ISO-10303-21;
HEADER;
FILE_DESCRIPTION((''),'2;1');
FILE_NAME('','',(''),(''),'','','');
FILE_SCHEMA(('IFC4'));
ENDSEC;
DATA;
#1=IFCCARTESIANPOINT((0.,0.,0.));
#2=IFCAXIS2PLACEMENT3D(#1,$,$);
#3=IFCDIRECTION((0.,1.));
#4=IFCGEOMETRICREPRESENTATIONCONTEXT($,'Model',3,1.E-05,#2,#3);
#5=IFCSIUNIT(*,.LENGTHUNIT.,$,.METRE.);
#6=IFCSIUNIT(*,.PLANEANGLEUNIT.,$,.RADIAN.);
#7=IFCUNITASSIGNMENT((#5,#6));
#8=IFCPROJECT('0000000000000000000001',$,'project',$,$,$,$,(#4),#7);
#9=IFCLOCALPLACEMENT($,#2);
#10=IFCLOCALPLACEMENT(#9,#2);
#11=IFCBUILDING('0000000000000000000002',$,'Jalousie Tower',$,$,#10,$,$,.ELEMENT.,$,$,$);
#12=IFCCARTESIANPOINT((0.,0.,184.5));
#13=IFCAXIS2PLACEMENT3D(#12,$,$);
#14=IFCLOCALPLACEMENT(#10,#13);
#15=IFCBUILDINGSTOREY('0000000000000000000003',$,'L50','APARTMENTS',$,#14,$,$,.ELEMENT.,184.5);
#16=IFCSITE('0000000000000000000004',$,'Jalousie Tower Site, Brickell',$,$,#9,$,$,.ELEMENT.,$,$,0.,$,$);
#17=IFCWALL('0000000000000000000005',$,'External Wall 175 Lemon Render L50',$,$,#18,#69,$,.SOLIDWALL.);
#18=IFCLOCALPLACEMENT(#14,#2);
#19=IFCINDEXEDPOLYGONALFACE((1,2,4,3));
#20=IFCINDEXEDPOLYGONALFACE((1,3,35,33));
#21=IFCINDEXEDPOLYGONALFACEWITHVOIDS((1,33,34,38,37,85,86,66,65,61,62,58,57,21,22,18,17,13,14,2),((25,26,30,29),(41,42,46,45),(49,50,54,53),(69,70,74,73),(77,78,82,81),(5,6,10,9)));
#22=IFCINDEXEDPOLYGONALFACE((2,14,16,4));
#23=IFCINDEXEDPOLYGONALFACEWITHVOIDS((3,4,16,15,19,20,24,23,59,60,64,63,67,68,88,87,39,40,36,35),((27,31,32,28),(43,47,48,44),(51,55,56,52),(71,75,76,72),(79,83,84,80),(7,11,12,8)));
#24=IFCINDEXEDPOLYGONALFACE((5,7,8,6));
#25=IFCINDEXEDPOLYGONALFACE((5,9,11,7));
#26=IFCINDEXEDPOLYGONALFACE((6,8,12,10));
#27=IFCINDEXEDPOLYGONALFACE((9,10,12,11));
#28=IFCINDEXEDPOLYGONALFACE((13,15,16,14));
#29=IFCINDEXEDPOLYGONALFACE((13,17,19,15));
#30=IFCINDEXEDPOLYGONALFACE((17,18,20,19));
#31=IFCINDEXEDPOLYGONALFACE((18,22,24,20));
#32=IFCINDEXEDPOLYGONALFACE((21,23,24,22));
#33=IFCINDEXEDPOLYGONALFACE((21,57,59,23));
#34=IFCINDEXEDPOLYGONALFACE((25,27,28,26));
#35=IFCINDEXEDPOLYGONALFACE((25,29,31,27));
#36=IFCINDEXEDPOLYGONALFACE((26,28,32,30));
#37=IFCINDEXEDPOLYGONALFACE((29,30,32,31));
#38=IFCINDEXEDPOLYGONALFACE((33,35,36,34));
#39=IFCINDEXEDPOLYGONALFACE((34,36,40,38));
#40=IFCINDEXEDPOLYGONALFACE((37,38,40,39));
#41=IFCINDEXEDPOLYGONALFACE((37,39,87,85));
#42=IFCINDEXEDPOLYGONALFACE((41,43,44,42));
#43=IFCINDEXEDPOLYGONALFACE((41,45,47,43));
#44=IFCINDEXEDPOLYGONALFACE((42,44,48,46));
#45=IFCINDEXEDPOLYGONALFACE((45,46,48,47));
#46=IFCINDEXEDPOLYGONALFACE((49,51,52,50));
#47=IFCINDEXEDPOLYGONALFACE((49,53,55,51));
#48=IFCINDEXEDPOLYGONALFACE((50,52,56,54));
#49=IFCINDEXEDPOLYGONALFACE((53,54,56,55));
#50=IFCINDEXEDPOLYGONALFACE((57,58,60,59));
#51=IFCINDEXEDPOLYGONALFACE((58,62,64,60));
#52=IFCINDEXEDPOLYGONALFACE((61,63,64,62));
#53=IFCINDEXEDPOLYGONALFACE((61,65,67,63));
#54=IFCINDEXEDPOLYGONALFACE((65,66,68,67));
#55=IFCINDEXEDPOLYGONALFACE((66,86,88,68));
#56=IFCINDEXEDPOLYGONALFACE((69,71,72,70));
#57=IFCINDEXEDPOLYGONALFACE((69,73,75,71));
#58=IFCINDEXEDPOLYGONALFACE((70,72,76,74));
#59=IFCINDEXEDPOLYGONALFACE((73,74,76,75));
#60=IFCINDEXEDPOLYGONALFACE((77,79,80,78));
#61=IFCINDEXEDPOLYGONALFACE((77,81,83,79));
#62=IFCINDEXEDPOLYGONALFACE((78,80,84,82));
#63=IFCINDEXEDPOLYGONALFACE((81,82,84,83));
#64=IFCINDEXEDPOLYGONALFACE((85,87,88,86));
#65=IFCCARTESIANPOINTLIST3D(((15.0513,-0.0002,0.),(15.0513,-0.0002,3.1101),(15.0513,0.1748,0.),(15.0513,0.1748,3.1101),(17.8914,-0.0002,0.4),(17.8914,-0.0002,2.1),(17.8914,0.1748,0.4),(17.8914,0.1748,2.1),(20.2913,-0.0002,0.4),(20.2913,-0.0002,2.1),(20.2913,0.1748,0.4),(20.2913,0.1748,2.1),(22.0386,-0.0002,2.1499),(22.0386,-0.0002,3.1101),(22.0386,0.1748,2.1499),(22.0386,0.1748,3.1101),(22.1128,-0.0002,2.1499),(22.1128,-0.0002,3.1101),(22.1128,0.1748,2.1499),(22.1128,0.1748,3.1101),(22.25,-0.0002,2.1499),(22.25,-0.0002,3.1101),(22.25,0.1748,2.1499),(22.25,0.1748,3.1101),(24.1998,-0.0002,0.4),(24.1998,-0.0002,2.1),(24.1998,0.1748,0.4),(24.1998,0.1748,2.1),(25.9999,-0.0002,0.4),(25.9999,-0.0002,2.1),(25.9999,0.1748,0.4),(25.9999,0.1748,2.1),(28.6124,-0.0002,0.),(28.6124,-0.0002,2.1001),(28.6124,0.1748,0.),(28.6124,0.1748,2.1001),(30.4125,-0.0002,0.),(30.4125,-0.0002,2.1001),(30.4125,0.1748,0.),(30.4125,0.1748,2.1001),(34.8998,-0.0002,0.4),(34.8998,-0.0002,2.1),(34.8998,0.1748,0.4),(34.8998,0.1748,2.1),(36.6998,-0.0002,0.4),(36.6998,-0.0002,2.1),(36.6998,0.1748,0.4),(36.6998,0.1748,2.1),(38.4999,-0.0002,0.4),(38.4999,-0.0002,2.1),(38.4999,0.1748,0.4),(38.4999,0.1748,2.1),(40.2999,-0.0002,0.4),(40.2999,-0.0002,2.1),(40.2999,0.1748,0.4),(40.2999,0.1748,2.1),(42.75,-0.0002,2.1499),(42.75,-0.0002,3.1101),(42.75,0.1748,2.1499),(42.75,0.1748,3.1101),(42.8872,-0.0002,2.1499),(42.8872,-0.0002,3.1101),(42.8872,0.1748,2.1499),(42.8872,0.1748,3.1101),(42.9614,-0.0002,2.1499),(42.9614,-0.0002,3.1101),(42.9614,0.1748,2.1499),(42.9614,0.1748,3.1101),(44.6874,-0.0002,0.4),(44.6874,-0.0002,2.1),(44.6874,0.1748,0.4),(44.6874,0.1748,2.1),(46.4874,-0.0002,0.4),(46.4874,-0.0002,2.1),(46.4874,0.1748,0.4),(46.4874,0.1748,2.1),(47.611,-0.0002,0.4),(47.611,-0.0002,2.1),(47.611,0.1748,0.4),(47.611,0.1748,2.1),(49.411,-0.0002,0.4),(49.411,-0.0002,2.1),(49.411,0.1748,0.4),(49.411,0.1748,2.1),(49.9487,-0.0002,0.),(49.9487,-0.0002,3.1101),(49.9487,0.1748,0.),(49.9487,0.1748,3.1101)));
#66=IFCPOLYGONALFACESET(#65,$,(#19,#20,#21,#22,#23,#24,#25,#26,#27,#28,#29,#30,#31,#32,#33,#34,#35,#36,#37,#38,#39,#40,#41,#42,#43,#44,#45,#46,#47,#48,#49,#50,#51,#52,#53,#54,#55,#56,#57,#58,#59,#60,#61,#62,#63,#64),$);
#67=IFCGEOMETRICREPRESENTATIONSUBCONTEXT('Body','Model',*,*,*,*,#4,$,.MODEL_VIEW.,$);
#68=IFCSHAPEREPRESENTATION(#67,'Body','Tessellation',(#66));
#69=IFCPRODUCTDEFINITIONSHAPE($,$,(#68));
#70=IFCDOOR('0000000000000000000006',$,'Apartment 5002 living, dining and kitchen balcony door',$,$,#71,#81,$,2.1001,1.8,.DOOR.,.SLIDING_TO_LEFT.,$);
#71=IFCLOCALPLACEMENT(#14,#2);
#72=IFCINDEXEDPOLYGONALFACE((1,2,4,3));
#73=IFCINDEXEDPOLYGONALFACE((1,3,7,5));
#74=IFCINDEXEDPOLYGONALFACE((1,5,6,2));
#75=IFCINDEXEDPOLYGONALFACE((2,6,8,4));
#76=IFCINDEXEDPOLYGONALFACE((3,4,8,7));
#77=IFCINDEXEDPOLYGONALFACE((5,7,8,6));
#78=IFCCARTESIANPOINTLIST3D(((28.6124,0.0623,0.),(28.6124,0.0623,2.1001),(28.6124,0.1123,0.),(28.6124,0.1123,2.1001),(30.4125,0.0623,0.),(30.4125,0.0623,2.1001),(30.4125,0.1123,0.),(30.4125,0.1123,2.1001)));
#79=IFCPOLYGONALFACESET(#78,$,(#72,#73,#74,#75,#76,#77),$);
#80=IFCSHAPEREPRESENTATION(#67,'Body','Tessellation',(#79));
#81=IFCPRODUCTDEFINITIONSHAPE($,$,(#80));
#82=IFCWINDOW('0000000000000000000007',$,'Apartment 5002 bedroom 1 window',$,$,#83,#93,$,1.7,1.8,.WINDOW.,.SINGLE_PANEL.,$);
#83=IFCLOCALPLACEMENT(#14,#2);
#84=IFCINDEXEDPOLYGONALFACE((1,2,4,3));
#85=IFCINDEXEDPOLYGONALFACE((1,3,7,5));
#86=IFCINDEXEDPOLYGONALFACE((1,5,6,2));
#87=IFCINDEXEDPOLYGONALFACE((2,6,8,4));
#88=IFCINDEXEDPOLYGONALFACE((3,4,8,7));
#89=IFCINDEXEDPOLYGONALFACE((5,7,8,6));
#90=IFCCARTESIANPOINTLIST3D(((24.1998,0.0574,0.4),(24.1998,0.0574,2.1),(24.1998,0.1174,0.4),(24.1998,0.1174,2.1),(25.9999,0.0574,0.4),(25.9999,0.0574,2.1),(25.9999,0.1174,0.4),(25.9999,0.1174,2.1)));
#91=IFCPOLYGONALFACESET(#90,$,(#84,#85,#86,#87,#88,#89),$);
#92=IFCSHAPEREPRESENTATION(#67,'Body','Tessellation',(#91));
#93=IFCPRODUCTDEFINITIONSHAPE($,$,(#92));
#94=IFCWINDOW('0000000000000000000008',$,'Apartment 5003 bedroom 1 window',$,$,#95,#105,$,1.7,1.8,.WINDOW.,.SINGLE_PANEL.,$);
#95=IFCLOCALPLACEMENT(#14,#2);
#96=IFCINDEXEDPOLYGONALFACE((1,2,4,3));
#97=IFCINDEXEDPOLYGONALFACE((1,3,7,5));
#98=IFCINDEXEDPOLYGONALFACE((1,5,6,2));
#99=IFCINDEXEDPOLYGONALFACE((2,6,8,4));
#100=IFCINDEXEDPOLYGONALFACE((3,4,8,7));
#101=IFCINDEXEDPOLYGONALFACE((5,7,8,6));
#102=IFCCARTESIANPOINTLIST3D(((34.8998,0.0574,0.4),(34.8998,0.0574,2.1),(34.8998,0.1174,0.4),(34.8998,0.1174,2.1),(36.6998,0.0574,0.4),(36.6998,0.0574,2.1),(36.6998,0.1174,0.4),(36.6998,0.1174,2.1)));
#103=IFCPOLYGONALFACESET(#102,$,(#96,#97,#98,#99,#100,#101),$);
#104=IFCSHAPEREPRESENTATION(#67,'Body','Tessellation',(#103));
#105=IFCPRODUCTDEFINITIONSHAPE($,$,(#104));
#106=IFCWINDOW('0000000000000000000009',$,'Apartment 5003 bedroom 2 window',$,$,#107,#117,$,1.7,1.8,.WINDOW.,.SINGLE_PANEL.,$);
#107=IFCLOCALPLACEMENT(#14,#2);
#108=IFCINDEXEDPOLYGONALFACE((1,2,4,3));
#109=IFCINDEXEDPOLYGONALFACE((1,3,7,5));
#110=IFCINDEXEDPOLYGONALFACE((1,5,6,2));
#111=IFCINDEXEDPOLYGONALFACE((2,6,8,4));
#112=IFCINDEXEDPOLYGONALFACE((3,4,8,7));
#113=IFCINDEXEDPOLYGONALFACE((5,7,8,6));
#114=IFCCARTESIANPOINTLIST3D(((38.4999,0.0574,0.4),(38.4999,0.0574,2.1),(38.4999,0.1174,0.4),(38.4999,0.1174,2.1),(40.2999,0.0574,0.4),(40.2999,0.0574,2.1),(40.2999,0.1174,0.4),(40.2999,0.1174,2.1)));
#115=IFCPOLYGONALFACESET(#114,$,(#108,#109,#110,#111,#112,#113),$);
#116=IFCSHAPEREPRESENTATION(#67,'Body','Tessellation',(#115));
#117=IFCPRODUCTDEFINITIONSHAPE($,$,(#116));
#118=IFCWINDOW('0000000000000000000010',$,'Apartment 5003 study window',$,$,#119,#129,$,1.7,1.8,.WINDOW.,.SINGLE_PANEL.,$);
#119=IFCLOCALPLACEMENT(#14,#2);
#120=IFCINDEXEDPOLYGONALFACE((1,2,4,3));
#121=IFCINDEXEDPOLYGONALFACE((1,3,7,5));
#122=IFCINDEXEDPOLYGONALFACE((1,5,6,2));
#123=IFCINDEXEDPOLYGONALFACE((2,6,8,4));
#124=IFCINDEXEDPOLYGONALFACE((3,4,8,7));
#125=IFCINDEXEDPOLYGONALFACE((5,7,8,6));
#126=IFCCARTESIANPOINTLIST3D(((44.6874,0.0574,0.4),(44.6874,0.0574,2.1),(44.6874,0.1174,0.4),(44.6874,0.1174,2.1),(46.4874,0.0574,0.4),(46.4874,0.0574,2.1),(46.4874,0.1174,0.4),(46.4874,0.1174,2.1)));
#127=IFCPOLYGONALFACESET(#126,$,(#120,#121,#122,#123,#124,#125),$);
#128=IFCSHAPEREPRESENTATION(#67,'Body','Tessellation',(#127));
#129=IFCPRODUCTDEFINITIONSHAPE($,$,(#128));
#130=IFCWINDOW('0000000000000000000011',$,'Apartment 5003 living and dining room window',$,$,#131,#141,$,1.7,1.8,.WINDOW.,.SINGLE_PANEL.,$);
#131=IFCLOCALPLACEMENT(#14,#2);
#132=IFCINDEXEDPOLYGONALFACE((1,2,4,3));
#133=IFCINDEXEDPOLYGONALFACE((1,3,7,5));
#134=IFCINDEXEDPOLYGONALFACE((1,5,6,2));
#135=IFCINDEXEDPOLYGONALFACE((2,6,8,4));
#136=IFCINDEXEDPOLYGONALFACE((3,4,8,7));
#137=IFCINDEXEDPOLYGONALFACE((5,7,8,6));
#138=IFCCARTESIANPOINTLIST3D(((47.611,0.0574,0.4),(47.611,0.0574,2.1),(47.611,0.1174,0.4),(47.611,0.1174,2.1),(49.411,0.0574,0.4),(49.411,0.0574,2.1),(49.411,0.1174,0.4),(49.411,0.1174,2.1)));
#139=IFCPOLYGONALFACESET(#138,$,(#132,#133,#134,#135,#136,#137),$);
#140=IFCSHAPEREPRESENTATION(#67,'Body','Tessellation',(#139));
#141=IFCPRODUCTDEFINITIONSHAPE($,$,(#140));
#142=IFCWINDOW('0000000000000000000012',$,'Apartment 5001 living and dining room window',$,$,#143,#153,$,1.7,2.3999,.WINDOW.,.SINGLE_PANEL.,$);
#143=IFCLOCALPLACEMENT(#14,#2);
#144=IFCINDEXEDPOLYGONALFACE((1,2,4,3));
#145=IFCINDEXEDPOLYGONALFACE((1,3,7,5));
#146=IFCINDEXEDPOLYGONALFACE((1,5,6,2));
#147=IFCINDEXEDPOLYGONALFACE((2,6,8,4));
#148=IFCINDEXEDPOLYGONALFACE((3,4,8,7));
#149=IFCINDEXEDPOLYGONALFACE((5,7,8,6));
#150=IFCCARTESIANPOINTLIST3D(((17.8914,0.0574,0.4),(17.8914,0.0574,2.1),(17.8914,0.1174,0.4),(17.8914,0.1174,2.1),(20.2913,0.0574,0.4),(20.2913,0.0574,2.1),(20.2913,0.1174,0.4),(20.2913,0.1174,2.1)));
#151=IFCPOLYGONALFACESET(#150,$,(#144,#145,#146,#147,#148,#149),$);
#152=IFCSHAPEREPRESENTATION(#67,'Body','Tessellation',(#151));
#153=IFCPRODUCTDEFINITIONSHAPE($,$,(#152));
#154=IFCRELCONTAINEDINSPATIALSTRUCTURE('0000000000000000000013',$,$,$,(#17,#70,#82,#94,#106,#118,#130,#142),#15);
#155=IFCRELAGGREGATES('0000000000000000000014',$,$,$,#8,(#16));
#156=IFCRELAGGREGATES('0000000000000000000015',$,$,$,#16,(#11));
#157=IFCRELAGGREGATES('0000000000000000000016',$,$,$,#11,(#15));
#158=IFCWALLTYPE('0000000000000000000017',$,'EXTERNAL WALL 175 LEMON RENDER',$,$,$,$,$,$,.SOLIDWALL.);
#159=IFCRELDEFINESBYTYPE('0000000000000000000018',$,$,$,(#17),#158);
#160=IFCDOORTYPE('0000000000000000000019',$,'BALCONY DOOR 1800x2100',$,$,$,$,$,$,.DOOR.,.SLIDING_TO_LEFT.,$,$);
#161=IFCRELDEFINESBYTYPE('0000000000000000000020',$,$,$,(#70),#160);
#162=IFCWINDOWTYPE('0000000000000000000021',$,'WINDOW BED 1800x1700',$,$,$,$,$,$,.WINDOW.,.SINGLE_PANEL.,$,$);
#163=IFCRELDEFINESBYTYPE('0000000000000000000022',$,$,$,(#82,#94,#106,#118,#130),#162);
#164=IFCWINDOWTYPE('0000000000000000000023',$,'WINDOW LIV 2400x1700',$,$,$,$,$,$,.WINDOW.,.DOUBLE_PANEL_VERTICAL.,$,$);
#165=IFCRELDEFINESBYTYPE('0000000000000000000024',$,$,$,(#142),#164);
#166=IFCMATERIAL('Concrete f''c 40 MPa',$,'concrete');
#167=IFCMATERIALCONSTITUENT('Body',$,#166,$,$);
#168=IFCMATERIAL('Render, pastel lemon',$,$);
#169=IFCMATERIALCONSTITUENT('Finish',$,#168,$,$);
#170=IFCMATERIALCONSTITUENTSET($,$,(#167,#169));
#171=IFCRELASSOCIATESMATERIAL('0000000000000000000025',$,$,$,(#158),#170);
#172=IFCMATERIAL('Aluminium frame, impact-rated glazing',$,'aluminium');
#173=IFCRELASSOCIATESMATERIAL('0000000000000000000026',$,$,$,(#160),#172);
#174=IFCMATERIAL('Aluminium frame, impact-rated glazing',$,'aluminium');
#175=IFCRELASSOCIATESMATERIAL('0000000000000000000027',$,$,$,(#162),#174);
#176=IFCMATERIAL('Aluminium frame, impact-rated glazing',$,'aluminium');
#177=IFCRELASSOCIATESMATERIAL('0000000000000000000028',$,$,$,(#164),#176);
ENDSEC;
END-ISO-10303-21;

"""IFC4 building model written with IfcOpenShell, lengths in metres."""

from ifc_helpers import new_model, si_unit, direction, frame, frame_2d, origin, place, context, subcontext, project, spatial, polyline, rectangle, outline, extrude, material, constituent, constituent_set, type_object, element, fill, save


model = new_model("IFC4")

# Units and contexts
model_context = context("Model", 3, precision=1e-05, world=origin(), true_north=direction((0.0, 1.0)))
body_context = subcontext(model_context, "Body", "Model", "MODEL_VIEW")
ifc_project = project(units=[si_unit("LENGTHUNIT", "METRE"), si_unit("PLANEANGLEUNIT", "RADIAN")], contexts=[model_context])

# Site, building, storey
site_placement = place(None, origin())
site = spatial("IfcSite", under=ifc_project, at=site_placement, Name="Jalousie Tower Site, Brickell", CompositionType="ELEMENT", RefElevation=0.0)
building_placement = place(site_placement, origin())
building = spatial("IfcBuilding", under=site, at=building_placement, Name="Jalousie Tower", CompositionType="ELEMENT")
storey_placement = place(building_placement, frame((0.0, 0.0, 184.5)))
storey = spatial("IfcBuildingStorey", under=building, at=storey_placement, Name="L50", Description="APARTMENTS", CompositionType="ELEMENT", Elevation=184.5)

# Wall, openings, door, windows
ifc_material_1 = material(Name="Concrete f'c 40 MPa", Category="concrete")
ifc_constituent_1 = constituent(ifc_material_1, Name="Body")
ifc_material_2 = material(Name="Render, pastel lemon")
ifc_constituent_2 = constituent(ifc_material_2, Name="Finish")
ifc_constituent_set_1 = constituent_set(constituents=[ifc_constituent_1, ifc_constituent_2])
wall_type_1 = type_object("IfcWallType", Name="EXTERNAL WALL 175 LEMON RENDER", PredefinedType="SOLIDWALL", material=ifc_constituent_set_1)
wall_1_placement = place(storey_placement, frame((15.0513, 0.0874, 0.0), z_axis=(0.0, 0.0, 1.0), x_axis=(1.0, 0.0, 0.0)))
wall_1 = element("IfcWall", 1, at=wall_1_placement, inside=storey, type_object=wall_type_1, Name="External Wall 175 Lemon Render L50", PredefinedType="SOLIDWALL", context=body_context, shape_type="SweptSolid", body=[
    extrude(outline(polyline([(0.0, 0.0), (34.8975, 0.0), (34.8975, 3.1101), (27.9102, 3.1101), (27.9102, 2.1499), (27.8359, 2.1499), (27.8359, 3.1101), (27.6987, 3.1101), (27.6987, 2.1499), (7.1987, 2.1499), (7.1987, 3.1101), (7.0615, 3.1101), (7.0615, 2.1499), (6.9873, 2.1499), (6.9873, 3.1101), (0.0, 3.1101), (0.0, 0.0)])), frame((0.0, 0.0874, 0.0), z_axis=(0.0, -1.0, 0.0), x_axis=(1.0, 0.0, 0.0)), (0.0, 0.0, 1.0), 0.175),
])
opening_1_placement = place(wall_1_placement, frame((2.8401, 0.0, 0.3999)))
opening_1 = element("IfcOpeningElement", 2, at=opening_1_placement, cuts=wall_1, PredefinedType="OPENING", context=body_context, shape_type="SweptSolid", body=[
    extrude(rectangle(XDim=2.3999, YDim=1.7, at=frame_2d((1.2, 0.8501))), frame((0.0, 0.0974, 0.0), z_axis=(0.0, -1.0, 0.0), x_axis=(1.0, 0.0, 0.0)), (0.0, 0.0, 1.0), 0.1951),
])
opening_2_placement = place(wall_1_placement, frame((9.1487, 0.0, 0.3999)))
opening_2 = element("IfcOpeningElement", 3, at=opening_2_placement, cuts=wall_1, PredefinedType="OPENING", context=body_context, shape_type="SweptSolid", body=[
    extrude(rectangle(XDim=1.8, YDim=1.7, at=frame_2d((0.8999, 0.8501))), frame((0.0, 0.0974, 0.0), z_axis=(0.0, -1.0, 0.0), x_axis=(1.0, 0.0, 0.0)), (0.0, 0.0, 1.0), 0.1951),
])
opening_3_placement = place(wall_1_placement, frame((13.5613, 0.0, 0.0)))
opening_3 = element("IfcOpeningElement", 4, at=opening_3_placement, cuts=wall_1, PredefinedType="OPENING", context=body_context, shape_type="SweptSolid", body=[
    extrude(rectangle(XDim=1.8, YDim=2.1001, at=frame_2d((0.8999, 1.05))), frame((0.0, 0.0974, 0.0), z_axis=(0.0, -1.0, 0.0), x_axis=(1.0, 0.0, 0.0)), (0.0, 0.0, 1.0), 0.1951),
])
opening_4_placement = place(wall_1_placement, frame((19.8486, 0.0, 0.3999)))
opening_4 = element("IfcOpeningElement", 5, at=opening_4_placement, cuts=wall_1, PredefinedType="OPENING", context=body_context, shape_type="SweptSolid", body=[
    extrude(rectangle(XDim=1.8, YDim=1.7, at=frame_2d((0.8999, 0.8501))), frame((0.0, 0.0974, 0.0), z_axis=(0.0, -1.0, 0.0), x_axis=(1.0, 0.0, 0.0)), (0.0, 0.0, 1.0), 0.1951),
])
opening_5_placement = place(wall_1_placement, frame((23.4487, 0.0, 0.3999)))
opening_5 = element("IfcOpeningElement", 6, at=opening_5_placement, cuts=wall_1, PredefinedType="OPENING", context=body_context, shape_type="SweptSolid", body=[
    extrude(rectangle(XDim=1.8, YDim=1.7, at=frame_2d((0.8999, 0.8501))), frame((0.0, 0.0974, 0.0), z_axis=(0.0, -1.0, 0.0), x_axis=(1.0, 0.0, 0.0)), (0.0, 0.0, 1.0), 0.1951),
])
opening_6_placement = place(wall_1_placement, frame((29.6362, 0.0, 0.3999)))
opening_6 = element("IfcOpeningElement", 7, at=opening_6_placement, cuts=wall_1, PredefinedType="OPENING", context=body_context, shape_type="SweptSolid", body=[
    extrude(rectangle(XDim=1.8, YDim=1.7, at=frame_2d((0.8999, 0.8501))), frame((0.0, 0.0974, 0.0), z_axis=(0.0, -1.0, 0.0), x_axis=(1.0, 0.0, 0.0)), (0.0, 0.0, 1.0), 0.1951),
])
opening_7_placement = place(wall_1_placement, frame((32.5598, 0.0, 0.3999)))
opening_7 = element("IfcOpeningElement", 8, at=opening_7_placement, cuts=wall_1, PredefinedType="OPENING", context=body_context, shape_type="SweptSolid", body=[
    extrude(rectangle(XDim=1.8, YDim=1.7, at=frame_2d((0.8999, 0.8501))), frame((0.0, 0.0974, 0.0), z_axis=(0.0, -1.0, 0.0), x_axis=(1.0, 0.0, 0.0)), (0.0, 0.0, 1.0), 0.1951),
])
ifc_material_3 = material(Name="Aluminium frame, impact-rated glazing", Category="aluminium")
door_type_1 = type_object("IfcDoorType", Name="BALCONY DOOR 1800x2100", OperationType="SLIDING_TO_LEFT", PredefinedType="DOOR", material=ifc_material_3)
door_1_placement = place(opening_3_placement, origin())
door_1 = element("IfcDoor", 9, at=door_1_placement, inside=storey, type_object=door_type_1, Name="Apartment 5002 living, dining and kitchen balcony door", OperationType="SLIDING_TO_LEFT", OverallHeight=2.1001, OverallWidth=1.8, PredefinedType="DOOR", context=body_context, shape_type="SweptSolid", body=[
    extrude(rectangle(XDim=1.8, YDim=2.1001, at=frame_2d((0.8999, 1.05))), frame((0.0, 0.0249, 0.0), z_axis=(0.0, -1.0, 0.0), x_axis=(1.0, 0.0, 0.0)), (0.0, 0.0, 1.0), 0.05),
])
fill(opening_3, door_1)
ifc_material_4 = material(Name="Aluminium frame, impact-rated glazing", Category="aluminium")
window_type_1 = type_object("IfcWindowType", Name="WINDOW BED 1800x1700", PartitioningType="SINGLE_PANEL", PredefinedType="WINDOW", material=ifc_material_4)
window_1_placement = place(opening_2_placement, origin())
window_1 = element("IfcWindow", 10, at=window_1_placement, inside=storey, type_object=window_type_1, Name="Apartment 5002 bedroom 1 window", OverallHeight=1.7, OverallWidth=1.8, PartitioningType="SINGLE_PANEL", PredefinedType="WINDOW", context=body_context, shape_type="SweptSolid", body=[
    extrude(rectangle(XDim=1.8, YDim=1.7, at=frame_2d((0.8999, 0.8501))), frame((0.0, 0.03, 0.0), z_axis=(0.0, -1.0, 0.0), x_axis=(1.0, 0.0, 0.0)), (0.0, 0.0, 1.0), 0.0601),
])
fill(opening_2, window_1)
window_2_placement = place(opening_4_placement, origin())
window_2 = element("IfcWindow", 11, at=window_2_placement, inside=storey, type_object=window_type_1, Name="Apartment 5003 bedroom 1 window", OverallHeight=1.7, OverallWidth=1.8, PartitioningType="SINGLE_PANEL", PredefinedType="WINDOW", context=body_context, shape_type="SweptSolid", body=[
    extrude(rectangle(XDim=1.8, YDim=1.7, at=frame_2d((0.8999, 0.8501))), frame((0.0, 0.03, 0.0), z_axis=(0.0, -1.0, 0.0), x_axis=(1.0, 0.0, 0.0)), (0.0, 0.0, 1.0), 0.0601),
])
fill(opening_4, window_2)
window_3_placement = place(opening_5_placement, origin())
window_3 = element("IfcWindow", 12, at=window_3_placement, inside=storey, type_object=window_type_1, Name="Apartment 5003 bedroom 2 window", OverallHeight=1.7, OverallWidth=1.8, PartitioningType="SINGLE_PANEL", PredefinedType="WINDOW", context=body_context, shape_type="SweptSolid", body=[
    extrude(rectangle(XDim=1.8, YDim=1.7, at=frame_2d((0.8999, 0.8501))), frame((0.0, 0.03, 0.0), z_axis=(0.0, -1.0, 0.0), x_axis=(1.0, 0.0, 0.0)), (0.0, 0.0, 1.0), 0.0601),
])
fill(opening_5, window_3)
window_4_placement = place(opening_6_placement, origin())
window_4 = element("IfcWindow", 13, at=window_4_placement, inside=storey, type_object=window_type_1, Name="Apartment 5003 study window", OverallHeight=1.7, OverallWidth=1.8, PartitioningType="SINGLE_PANEL", PredefinedType="WINDOW", context=body_context, shape_type="SweptSolid", body=[
    extrude(rectangle(XDim=1.8, YDim=1.7, at=frame_2d((0.8999, 0.8501))), frame((0.0, 0.03, 0.0), z_axis=(0.0, -1.0, 0.0), x_axis=(1.0, 0.0, 0.0)), (0.0, 0.0, 1.0), 0.0601),
])
fill(opening_6, window_4)
window_5_placement = place(opening_7_placement, origin())
window_5 = element("IfcWindow", 14, at=window_5_placement, inside=storey, type_object=window_type_1, Name="Apartment 5003 living and dining room window", OverallHeight=1.7, OverallWidth=1.8, PartitioningType="SINGLE_PANEL", PredefinedType="WINDOW", context=body_context, shape_type="SweptSolid", body=[
    extrude(rectangle(XDim=1.8, YDim=1.7, at=frame_2d((0.8999, 0.8501))), frame((0.0, 0.03, 0.0), z_axis=(0.0, -1.0, 0.0), x_axis=(1.0, 0.0, 0.0)), (0.0, 0.0, 1.0), 0.0601),
])
fill(opening_7, window_5)
ifc_material_5 = material(Name="Aluminium frame, impact-rated glazing", Category="aluminium")
window_type_2 = type_object("IfcWindowType", Name="WINDOW LIV 2400x1700", PartitioningType="DOUBLE_PANEL_VERTICAL", PredefinedType="WINDOW", material=ifc_material_5)
window_6_placement = place(opening_1_placement, origin())
window_6 = element("IfcWindow", 15, at=window_6_placement, inside=storey, type_object=window_type_2, Name="Apartment 5001 living and dining room window", OverallHeight=1.7, OverallWidth=2.3999, PartitioningType="SINGLE_PANEL", PredefinedType="WINDOW", context=body_context, shape_type="SweptSolid", body=[
    extrude(rectangle(XDim=2.3999, YDim=1.7, at=frame_2d((1.2, 0.8501))), frame((0.0, 0.03, 0.0), z_axis=(0.0, -1.0, 0.0), x_axis=(1.0, 0.0, 0.0)), (0.0, 0.0, 1.0), 0.0601),
])
fill(opening_1, window_6)

save(model, "model.ifc")
